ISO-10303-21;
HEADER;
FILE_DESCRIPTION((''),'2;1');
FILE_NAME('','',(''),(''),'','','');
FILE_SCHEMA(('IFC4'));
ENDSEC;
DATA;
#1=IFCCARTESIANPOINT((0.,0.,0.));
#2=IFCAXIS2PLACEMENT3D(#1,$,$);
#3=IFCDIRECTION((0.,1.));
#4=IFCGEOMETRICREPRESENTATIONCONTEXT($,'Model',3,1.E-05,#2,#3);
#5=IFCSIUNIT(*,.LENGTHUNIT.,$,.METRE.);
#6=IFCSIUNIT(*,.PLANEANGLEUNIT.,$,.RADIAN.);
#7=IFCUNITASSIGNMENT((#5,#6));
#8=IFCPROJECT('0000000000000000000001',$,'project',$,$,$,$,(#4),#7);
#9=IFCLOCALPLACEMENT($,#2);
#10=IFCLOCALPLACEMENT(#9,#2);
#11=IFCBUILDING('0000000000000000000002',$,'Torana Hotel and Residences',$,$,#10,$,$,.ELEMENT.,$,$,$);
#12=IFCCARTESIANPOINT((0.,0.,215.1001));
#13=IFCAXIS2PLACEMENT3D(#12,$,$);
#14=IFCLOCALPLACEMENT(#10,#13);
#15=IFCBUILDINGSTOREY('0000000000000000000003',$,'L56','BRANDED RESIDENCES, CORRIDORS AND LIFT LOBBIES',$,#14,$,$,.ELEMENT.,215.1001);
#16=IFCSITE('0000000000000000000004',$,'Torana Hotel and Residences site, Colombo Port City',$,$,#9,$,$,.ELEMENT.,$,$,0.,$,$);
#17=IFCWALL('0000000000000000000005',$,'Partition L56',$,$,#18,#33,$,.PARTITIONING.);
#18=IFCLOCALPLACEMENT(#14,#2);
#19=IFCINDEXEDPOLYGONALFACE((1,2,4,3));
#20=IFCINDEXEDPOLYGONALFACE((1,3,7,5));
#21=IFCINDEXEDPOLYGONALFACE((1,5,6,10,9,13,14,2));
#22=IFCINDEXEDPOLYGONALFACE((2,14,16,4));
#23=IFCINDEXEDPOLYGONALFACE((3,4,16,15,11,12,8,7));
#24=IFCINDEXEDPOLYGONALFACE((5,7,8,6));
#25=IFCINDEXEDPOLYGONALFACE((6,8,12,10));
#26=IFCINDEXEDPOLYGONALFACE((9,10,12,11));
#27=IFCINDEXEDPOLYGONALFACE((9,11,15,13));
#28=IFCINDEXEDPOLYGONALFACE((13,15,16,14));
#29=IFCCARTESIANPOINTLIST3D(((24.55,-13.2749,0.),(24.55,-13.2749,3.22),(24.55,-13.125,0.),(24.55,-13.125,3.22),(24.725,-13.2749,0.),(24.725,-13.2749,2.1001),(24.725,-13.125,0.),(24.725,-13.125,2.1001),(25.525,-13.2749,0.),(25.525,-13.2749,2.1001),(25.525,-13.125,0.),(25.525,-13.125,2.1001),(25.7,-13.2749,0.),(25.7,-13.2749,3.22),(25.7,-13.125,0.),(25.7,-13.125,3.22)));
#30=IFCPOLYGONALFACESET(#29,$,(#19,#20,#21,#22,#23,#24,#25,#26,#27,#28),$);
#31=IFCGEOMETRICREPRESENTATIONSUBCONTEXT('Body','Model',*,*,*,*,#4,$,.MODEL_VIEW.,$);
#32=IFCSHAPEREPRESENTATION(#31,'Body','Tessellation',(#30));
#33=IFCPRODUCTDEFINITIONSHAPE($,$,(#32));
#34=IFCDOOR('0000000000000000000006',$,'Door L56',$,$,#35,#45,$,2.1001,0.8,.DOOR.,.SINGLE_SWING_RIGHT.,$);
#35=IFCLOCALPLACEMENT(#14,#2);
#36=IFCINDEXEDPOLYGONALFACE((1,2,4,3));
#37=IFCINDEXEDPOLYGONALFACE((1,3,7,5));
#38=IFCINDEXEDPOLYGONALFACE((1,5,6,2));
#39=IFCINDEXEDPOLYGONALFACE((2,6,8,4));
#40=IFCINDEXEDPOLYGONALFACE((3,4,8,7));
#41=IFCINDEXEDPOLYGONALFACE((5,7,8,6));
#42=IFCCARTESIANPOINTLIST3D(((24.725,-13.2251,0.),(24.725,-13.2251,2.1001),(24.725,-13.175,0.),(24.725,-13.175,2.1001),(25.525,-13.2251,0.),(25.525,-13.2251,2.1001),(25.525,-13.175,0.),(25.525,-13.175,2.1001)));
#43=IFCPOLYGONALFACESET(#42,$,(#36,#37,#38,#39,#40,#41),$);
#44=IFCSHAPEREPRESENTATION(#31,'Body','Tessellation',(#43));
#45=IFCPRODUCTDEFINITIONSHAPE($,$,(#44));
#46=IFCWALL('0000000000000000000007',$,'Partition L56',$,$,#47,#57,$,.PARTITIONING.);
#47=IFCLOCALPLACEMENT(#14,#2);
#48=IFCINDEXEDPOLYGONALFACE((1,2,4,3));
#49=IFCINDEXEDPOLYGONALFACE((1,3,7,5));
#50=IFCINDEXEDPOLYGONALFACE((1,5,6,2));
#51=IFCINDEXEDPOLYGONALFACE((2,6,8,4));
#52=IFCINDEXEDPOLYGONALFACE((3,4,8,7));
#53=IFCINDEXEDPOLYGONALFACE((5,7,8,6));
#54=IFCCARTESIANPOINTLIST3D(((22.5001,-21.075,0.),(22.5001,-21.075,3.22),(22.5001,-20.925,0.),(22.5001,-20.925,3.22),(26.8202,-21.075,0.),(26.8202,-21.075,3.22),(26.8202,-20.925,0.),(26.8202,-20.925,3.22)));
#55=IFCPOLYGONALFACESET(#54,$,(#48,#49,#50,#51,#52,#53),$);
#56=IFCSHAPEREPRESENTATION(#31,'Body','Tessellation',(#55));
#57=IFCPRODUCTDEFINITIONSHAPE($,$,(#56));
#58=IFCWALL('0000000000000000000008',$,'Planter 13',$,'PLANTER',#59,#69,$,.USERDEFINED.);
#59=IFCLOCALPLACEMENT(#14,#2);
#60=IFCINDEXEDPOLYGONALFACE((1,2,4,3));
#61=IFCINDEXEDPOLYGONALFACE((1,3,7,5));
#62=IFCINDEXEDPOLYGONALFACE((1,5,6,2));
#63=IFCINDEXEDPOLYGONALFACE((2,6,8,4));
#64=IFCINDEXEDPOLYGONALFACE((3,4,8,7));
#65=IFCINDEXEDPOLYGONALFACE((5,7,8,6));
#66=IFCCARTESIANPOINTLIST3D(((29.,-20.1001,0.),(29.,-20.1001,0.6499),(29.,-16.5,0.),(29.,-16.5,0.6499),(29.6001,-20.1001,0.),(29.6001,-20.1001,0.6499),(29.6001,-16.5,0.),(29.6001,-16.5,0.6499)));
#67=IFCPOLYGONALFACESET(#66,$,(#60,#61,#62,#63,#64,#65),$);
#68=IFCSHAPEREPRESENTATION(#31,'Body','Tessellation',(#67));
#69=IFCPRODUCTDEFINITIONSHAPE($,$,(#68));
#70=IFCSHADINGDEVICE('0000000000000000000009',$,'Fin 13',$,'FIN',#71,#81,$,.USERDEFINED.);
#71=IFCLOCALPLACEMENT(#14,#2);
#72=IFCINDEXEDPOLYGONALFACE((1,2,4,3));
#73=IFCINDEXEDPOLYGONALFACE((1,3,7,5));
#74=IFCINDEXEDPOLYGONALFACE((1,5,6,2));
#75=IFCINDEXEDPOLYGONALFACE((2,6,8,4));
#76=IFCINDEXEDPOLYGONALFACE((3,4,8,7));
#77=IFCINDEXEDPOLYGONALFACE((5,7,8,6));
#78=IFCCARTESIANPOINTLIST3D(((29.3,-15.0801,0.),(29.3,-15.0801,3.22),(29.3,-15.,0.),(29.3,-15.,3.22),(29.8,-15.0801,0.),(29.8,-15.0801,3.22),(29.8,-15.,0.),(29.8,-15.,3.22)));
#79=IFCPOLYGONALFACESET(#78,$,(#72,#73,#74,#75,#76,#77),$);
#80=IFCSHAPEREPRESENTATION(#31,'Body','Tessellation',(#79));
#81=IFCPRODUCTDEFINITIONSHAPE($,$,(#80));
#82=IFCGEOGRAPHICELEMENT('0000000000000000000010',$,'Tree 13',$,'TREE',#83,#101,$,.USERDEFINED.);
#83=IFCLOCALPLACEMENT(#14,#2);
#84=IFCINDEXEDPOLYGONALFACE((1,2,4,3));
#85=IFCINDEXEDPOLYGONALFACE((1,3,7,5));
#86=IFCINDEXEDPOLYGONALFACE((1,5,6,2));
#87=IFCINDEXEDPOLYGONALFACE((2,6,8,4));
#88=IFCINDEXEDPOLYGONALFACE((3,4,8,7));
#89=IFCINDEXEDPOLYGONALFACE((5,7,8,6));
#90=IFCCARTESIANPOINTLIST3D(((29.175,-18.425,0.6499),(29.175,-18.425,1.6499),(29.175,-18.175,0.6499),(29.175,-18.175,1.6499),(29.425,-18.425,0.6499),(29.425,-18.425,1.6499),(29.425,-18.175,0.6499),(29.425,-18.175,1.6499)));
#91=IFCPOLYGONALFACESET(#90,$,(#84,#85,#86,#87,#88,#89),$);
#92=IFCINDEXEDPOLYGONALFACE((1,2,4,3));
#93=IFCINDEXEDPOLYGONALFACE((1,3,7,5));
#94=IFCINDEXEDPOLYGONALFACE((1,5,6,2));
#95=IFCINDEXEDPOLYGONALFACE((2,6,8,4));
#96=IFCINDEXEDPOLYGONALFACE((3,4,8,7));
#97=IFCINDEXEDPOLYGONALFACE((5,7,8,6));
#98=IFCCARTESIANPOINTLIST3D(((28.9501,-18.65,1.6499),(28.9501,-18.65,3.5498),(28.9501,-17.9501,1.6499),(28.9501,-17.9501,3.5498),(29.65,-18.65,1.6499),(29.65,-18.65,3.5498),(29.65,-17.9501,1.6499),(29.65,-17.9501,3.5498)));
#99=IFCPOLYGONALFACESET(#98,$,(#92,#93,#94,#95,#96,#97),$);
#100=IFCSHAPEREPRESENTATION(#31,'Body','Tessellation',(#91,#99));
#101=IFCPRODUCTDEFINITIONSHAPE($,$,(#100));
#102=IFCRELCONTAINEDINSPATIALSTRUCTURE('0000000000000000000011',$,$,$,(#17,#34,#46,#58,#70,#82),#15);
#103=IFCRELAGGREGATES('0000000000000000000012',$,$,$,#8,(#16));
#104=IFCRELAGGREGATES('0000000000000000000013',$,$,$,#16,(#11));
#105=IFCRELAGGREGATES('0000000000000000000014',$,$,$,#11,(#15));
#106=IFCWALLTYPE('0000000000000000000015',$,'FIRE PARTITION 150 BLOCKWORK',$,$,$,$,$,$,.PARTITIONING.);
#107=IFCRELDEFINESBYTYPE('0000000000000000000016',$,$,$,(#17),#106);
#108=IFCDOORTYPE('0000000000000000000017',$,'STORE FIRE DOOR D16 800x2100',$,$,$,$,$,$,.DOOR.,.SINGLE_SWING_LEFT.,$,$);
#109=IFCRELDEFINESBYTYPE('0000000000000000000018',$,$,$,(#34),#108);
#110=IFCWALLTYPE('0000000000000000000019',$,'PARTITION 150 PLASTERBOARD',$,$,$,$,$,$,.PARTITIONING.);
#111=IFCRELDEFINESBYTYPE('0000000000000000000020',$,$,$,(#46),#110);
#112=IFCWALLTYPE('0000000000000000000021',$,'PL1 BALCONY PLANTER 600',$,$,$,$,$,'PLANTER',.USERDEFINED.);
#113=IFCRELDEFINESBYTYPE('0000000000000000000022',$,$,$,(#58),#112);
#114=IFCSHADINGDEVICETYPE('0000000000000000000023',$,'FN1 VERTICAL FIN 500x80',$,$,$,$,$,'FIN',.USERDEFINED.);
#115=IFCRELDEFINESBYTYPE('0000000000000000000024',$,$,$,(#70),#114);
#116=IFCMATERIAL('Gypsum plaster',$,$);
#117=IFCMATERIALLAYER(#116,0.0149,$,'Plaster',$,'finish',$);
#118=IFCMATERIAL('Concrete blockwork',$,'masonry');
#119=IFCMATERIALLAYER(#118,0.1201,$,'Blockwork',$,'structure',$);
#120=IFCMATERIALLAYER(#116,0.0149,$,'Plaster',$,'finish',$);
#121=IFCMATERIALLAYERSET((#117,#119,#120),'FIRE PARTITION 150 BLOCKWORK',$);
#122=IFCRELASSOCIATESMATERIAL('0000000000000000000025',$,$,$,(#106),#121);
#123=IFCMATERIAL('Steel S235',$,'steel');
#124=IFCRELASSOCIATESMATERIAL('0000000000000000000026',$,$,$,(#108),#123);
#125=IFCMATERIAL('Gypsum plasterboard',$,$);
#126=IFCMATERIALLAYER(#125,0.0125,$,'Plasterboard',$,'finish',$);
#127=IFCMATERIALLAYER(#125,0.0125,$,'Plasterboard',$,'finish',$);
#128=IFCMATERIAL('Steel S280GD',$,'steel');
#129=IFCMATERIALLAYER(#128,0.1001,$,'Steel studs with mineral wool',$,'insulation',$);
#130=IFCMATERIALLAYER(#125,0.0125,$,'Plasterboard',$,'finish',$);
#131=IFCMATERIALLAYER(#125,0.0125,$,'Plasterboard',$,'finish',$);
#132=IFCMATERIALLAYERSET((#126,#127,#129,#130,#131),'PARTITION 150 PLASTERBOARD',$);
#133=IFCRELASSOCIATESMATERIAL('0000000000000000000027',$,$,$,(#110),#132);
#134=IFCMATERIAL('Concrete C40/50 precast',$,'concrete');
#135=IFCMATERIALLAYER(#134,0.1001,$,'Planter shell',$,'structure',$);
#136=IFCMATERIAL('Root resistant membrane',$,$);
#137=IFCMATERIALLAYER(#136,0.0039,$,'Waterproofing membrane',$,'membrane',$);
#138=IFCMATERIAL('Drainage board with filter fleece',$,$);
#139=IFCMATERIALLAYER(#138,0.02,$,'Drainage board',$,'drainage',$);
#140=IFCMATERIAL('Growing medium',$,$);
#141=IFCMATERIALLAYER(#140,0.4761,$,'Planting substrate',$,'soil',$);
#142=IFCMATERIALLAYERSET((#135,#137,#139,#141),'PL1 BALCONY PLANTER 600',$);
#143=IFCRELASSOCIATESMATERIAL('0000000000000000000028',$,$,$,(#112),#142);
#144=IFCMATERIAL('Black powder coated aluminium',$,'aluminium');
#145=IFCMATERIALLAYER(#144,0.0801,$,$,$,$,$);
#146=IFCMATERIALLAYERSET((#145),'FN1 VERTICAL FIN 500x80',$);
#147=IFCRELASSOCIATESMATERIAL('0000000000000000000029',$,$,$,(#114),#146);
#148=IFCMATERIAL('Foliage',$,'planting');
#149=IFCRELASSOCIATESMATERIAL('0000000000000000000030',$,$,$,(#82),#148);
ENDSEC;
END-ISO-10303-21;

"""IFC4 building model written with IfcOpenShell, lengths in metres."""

from ifc_helpers import new_model, si_unit, direction, frame, frame_2d, origin, origin_2d, place, context, subcontext, project, spatial, rectangle, extrude, material, layer, layer_set, type_object, element, fill, save


model = new_model("IFC4")

# Units and contexts
model_context = context("Model", 3, precision=1e-05, world=origin(), true_north=direction((0.0, 1.0)))
body_context = subcontext(model_context, "Body", "Model", "MODEL_VIEW")
ifc_project = project(units=[si_unit("LENGTHUNIT", "METRE"), si_unit("PLANEANGLEUNIT", "RADIAN")], contexts=[model_context])

# Site, building, storey
site_placement = place(None, origin())
site = spatial("IfcSite", under=ifc_project, at=site_placement, Name="Torana Hotel and Residences site, Colombo Port City", CompositionType="ELEMENT", RefElevation=0.0)
building_placement = place(site_placement, origin())
building = spatial("IfcBuilding", under=site, at=building_placement, Name="Torana Hotel and Residences", CompositionType="ELEMENT")
storey_placement = place(building_placement, frame((0.0, 0.0, 215.1001)))
storey = spatial("IfcBuildingStorey", under=building, at=storey_placement, Name="L56", Description="BRANDED RESIDENCES, CORRIDORS AND LIFT LOBBIES", CompositionType="ELEMENT", Elevation=215.1001)

# Shared definitions
ifc_material_1 = material(Name="Gypsum plaster")
ifc_layer_1 = layer(ifc_material_1, 0.0149, Name="Plaster", Category="finish")
ifc_material_2 = material(Name="Concrete blockwork", Category="masonry")
ifc_layer_2 = layer(ifc_material_2, 0.1201, Name="Blockwork", Category="structure")
ifc_layer_3 = layer(ifc_material_1, 0.0149, Name="Plaster", Category="finish")
ifc_layer_set_1 = layer_set([ifc_layer_1, ifc_layer_2, ifc_layer_3], Name="FIRE PARTITION 150 BLOCKWORK")
wall_type_1 = type_object("IfcWallType", Name="FIRE PARTITION 150 BLOCKWORK", PredefinedType="PARTITIONING", material=ifc_layer_set_1)

# Wall, opening, door
wall_1_placement = place(storey_placement, frame((24.55, -13.2, 0.0), z_axis=(0.0, 0.0, 1.0), x_axis=(1.0, 0.0, 0.0)))
wall_1 = element("IfcWall", 1, at=wall_1_placement, inside=storey, type_object=wall_type_1, Name="Partition L56", PredefinedType="PARTITIONING", context=body_context, shape_type="SweptSolid", body=[
    extrude(rectangle(XDim=1.1499, YDim=0.1499, at=frame_2d((0.575, 0.0))), origin(), (0.0, 0.0, 1.0), 3.22),
])
opening_1_placement = place(wall_1_placement, frame((0.175, 0.0, 0.0)))
opening_1 = element("IfcOpeningElement", 2, at=opening_1_placement, cuts=wall_1, PredefinedType="OPENING", context=body_context, shape_type="SweptSolid", body=[
    extrude(rectangle(XDim=0.8, YDim=2.1001, at=frame_2d((0.3999, 1.05))), frame((0.0, 0.085, 0.0), z_axis=(0.0, -1.0, 0.0), x_axis=(1.0, 0.0, 0.0)), (0.0, 0.0, 1.0), 0.1699),
])
ifc_material_3 = material(Name="Steel S235", Category="steel")
door_type_1 = type_object("IfcDoorType", Name="STORE FIRE DOOR D16 800x2100", OperationType="SINGLE_SWING_LEFT", PredefinedType="DOOR", material=ifc_material_3)
door_1_placement = place(opening_1_placement, origin())
door_1 = element("IfcDoor", 3, at=door_1_placement, inside=storey, type_object=door_type_1, Name="Door L56", OperationType="SINGLE_SWING_RIGHT", OverallHeight=2.1001, OverallWidth=0.8, PredefinedType="DOOR", context=body_context, shape_type="SweptSolid", body=[
    extrude(rectangle(XDim=0.8, YDim=2.1001, at=frame_2d((0.3999, 1.05))), frame((0.0, 0.0249, 0.0), z_axis=(0.0, -1.0, 0.0), x_axis=(1.0, 0.0, 0.0)), (0.0, 0.0, 1.0), 0.05),
])
fill(opening_1, door_1)

# Walls
ifc_material_4 = material(Name="Gypsum plasterboard")
ifc_layer_4 = layer(ifc_material_4, 0.0125, Name="Plasterboard", Category="finish")
ifc_layer_5 = layer(ifc_material_4, 0.0125, Name="Plasterboard", Category="finish")
ifc_material_5 = material(Name="Steel S280GD", Category="steel")
ifc_layer_6 = layer(ifc_material_5, 0.1001, Name="Steel studs with mineral wool", Category="insulation")
ifc_layer_7 = layer(ifc_material_4, 0.0125, Name="Plasterboard", Category="finish")
ifc_layer_8 = layer(ifc_material_4, 0.0125, Name="Plasterboard", Category="finish")
ifc_layer_set_2 = layer_set([ifc_layer_4, ifc_layer_5, ifc_layer_6, ifc_layer_7, ifc_layer_8], Name="PARTITION 150 PLASTERBOARD")
wall_type_2 = type_object("IfcWallType", Name="PARTITION 150 PLASTERBOARD", PredefinedType="PARTITIONING", material=ifc_layer_set_2)
wall_2_placement = place(storey_placement, frame((22.5, -21.0, 0.0), z_axis=(0.0, 0.0, 1.0), x_axis=(1.0, 0.0, 0.0)))
element("IfcWall", 4, at=wall_2_placement, inside=storey, type_object=wall_type_2, Name="Partition L56", PredefinedType="PARTITIONING", context=body_context, shape_type="SweptSolid", body=[
    extrude(rectangle(XDim=4.3201, YDim=0.1499, at=frame_2d((2.1602, 0.0))), origin(), (0.0, 0.0, 1.0), 3.22),
])
ifc_material_6 = material(Name="Concrete C40/50 precast", Category="concrete")
ifc_layer_9 = layer(ifc_material_6, 0.1001, Name="Planter shell", Category="structure")
ifc_material_7 = material(Name="Root resistant membrane")
ifc_layer_10 = layer(ifc_material_7, 0.0039, Name="Waterproofing membrane", Category="membrane")
ifc_material_8 = material(Name="Drainage board with filter fleece")
ifc_layer_11 = layer(ifc_material_8, 0.02, Name="Drainage board", Category="drainage")
ifc_material_9 = material(Name="Growing medium")
ifc_layer_12 = layer(ifc_material_9, 0.4761, Name="Planting substrate", Category="soil")
ifc_layer_set_3 = layer_set([ifc_layer_9, ifc_layer_10, ifc_layer_11, ifc_layer_12], Name="PL1 BALCONY PLANTER 600")
wall_type_3 = type_object("IfcWallType", Name="PL1 BALCONY PLANTER 600", ElementType="PLANTER", PredefinedType="USERDEFINED", material=ifc_layer_set_3)
wall_3_placement = place(storey_placement, frame((29.3, -16.5, 0.0), z_axis=(0.0, 0.0, 1.0), x_axis=(0.0, -1.0, 0.0)))
element("IfcWall", 5, at=wall_3_placement, inside=storey, type_object=wall_type_3, Name="Planter 13", ObjectType="PLANTER", PredefinedType="USERDEFINED", context=body_context, shape_type="SweptSolid", body=[
    extrude(rectangle(XDim=3.6001, YDim=0.6001, at=frame_2d((1.8, 0.0))), origin(), (0.0, 0.0, 1.0), 0.6499),
])

# Shading device
ifc_material_10 = material(Name="Black powder coated aluminium", Category="aluminium")
ifc_layer_13 = layer(ifc_material_10, 0.0801)
ifc_layer_set_4 = layer_set([ifc_layer_13], Name="FN1 VERTICAL FIN 500x80")
shading_device_type = type_object("IfcShadingDeviceType", Name="FN1 VERTICAL FIN 500x80", ElementType="FIN", PredefinedType="USERDEFINED", material=ifc_layer_set_4)
shading_device_placement = place(storey_placement, frame((29.55, -15.04, 0.0), z_axis=(0.0, 0.0, 1.0), x_axis=(0.0, -1.0, 0.0)))
element("IfcShadingDevice", 6, at=shading_device_placement, inside=storey, type_object=shading_device_type, Name="Fin 13", ObjectType="FIN", PredefinedType="USERDEFINED", context=body_context, shape_type="SweptSolid", body=[
    extrude(rectangle(XDim=0.0801, YDim=0.5, at=origin_2d()), origin(), (0.0, 0.0, 1.0), 3.22),
])

# Geographic element
ifc_material_11 = material(Name="Foliage", Category="planting")
geographic_element_placement = place(storey_placement, frame((29.3, -18.3, 0.6499), z_axis=(0.0, 0.0, 1.0), x_axis=(1.0, 0.0, 0.0)))
element("IfcGeographicElement", 7, at=geographic_element_placement, inside=storey, material=ifc_material_11, Name="Tree 13", ObjectType="TREE", PredefinedType="USERDEFINED", context=body_context, shape_type="SweptSolid", body=[
    extrude(rectangle(XDim=0.25, YDim=0.25, at=origin_2d()), origin(), (0.0, 0.0, 1.0), 1.0),
    extrude(rectangle(XDim=0.7, YDim=0.7, at=origin_2d()), frame((0.0, 0.0, 1.0)), (0.0, 0.0, 1.0), 1.8999),
])

save(model, "model.ifc")
